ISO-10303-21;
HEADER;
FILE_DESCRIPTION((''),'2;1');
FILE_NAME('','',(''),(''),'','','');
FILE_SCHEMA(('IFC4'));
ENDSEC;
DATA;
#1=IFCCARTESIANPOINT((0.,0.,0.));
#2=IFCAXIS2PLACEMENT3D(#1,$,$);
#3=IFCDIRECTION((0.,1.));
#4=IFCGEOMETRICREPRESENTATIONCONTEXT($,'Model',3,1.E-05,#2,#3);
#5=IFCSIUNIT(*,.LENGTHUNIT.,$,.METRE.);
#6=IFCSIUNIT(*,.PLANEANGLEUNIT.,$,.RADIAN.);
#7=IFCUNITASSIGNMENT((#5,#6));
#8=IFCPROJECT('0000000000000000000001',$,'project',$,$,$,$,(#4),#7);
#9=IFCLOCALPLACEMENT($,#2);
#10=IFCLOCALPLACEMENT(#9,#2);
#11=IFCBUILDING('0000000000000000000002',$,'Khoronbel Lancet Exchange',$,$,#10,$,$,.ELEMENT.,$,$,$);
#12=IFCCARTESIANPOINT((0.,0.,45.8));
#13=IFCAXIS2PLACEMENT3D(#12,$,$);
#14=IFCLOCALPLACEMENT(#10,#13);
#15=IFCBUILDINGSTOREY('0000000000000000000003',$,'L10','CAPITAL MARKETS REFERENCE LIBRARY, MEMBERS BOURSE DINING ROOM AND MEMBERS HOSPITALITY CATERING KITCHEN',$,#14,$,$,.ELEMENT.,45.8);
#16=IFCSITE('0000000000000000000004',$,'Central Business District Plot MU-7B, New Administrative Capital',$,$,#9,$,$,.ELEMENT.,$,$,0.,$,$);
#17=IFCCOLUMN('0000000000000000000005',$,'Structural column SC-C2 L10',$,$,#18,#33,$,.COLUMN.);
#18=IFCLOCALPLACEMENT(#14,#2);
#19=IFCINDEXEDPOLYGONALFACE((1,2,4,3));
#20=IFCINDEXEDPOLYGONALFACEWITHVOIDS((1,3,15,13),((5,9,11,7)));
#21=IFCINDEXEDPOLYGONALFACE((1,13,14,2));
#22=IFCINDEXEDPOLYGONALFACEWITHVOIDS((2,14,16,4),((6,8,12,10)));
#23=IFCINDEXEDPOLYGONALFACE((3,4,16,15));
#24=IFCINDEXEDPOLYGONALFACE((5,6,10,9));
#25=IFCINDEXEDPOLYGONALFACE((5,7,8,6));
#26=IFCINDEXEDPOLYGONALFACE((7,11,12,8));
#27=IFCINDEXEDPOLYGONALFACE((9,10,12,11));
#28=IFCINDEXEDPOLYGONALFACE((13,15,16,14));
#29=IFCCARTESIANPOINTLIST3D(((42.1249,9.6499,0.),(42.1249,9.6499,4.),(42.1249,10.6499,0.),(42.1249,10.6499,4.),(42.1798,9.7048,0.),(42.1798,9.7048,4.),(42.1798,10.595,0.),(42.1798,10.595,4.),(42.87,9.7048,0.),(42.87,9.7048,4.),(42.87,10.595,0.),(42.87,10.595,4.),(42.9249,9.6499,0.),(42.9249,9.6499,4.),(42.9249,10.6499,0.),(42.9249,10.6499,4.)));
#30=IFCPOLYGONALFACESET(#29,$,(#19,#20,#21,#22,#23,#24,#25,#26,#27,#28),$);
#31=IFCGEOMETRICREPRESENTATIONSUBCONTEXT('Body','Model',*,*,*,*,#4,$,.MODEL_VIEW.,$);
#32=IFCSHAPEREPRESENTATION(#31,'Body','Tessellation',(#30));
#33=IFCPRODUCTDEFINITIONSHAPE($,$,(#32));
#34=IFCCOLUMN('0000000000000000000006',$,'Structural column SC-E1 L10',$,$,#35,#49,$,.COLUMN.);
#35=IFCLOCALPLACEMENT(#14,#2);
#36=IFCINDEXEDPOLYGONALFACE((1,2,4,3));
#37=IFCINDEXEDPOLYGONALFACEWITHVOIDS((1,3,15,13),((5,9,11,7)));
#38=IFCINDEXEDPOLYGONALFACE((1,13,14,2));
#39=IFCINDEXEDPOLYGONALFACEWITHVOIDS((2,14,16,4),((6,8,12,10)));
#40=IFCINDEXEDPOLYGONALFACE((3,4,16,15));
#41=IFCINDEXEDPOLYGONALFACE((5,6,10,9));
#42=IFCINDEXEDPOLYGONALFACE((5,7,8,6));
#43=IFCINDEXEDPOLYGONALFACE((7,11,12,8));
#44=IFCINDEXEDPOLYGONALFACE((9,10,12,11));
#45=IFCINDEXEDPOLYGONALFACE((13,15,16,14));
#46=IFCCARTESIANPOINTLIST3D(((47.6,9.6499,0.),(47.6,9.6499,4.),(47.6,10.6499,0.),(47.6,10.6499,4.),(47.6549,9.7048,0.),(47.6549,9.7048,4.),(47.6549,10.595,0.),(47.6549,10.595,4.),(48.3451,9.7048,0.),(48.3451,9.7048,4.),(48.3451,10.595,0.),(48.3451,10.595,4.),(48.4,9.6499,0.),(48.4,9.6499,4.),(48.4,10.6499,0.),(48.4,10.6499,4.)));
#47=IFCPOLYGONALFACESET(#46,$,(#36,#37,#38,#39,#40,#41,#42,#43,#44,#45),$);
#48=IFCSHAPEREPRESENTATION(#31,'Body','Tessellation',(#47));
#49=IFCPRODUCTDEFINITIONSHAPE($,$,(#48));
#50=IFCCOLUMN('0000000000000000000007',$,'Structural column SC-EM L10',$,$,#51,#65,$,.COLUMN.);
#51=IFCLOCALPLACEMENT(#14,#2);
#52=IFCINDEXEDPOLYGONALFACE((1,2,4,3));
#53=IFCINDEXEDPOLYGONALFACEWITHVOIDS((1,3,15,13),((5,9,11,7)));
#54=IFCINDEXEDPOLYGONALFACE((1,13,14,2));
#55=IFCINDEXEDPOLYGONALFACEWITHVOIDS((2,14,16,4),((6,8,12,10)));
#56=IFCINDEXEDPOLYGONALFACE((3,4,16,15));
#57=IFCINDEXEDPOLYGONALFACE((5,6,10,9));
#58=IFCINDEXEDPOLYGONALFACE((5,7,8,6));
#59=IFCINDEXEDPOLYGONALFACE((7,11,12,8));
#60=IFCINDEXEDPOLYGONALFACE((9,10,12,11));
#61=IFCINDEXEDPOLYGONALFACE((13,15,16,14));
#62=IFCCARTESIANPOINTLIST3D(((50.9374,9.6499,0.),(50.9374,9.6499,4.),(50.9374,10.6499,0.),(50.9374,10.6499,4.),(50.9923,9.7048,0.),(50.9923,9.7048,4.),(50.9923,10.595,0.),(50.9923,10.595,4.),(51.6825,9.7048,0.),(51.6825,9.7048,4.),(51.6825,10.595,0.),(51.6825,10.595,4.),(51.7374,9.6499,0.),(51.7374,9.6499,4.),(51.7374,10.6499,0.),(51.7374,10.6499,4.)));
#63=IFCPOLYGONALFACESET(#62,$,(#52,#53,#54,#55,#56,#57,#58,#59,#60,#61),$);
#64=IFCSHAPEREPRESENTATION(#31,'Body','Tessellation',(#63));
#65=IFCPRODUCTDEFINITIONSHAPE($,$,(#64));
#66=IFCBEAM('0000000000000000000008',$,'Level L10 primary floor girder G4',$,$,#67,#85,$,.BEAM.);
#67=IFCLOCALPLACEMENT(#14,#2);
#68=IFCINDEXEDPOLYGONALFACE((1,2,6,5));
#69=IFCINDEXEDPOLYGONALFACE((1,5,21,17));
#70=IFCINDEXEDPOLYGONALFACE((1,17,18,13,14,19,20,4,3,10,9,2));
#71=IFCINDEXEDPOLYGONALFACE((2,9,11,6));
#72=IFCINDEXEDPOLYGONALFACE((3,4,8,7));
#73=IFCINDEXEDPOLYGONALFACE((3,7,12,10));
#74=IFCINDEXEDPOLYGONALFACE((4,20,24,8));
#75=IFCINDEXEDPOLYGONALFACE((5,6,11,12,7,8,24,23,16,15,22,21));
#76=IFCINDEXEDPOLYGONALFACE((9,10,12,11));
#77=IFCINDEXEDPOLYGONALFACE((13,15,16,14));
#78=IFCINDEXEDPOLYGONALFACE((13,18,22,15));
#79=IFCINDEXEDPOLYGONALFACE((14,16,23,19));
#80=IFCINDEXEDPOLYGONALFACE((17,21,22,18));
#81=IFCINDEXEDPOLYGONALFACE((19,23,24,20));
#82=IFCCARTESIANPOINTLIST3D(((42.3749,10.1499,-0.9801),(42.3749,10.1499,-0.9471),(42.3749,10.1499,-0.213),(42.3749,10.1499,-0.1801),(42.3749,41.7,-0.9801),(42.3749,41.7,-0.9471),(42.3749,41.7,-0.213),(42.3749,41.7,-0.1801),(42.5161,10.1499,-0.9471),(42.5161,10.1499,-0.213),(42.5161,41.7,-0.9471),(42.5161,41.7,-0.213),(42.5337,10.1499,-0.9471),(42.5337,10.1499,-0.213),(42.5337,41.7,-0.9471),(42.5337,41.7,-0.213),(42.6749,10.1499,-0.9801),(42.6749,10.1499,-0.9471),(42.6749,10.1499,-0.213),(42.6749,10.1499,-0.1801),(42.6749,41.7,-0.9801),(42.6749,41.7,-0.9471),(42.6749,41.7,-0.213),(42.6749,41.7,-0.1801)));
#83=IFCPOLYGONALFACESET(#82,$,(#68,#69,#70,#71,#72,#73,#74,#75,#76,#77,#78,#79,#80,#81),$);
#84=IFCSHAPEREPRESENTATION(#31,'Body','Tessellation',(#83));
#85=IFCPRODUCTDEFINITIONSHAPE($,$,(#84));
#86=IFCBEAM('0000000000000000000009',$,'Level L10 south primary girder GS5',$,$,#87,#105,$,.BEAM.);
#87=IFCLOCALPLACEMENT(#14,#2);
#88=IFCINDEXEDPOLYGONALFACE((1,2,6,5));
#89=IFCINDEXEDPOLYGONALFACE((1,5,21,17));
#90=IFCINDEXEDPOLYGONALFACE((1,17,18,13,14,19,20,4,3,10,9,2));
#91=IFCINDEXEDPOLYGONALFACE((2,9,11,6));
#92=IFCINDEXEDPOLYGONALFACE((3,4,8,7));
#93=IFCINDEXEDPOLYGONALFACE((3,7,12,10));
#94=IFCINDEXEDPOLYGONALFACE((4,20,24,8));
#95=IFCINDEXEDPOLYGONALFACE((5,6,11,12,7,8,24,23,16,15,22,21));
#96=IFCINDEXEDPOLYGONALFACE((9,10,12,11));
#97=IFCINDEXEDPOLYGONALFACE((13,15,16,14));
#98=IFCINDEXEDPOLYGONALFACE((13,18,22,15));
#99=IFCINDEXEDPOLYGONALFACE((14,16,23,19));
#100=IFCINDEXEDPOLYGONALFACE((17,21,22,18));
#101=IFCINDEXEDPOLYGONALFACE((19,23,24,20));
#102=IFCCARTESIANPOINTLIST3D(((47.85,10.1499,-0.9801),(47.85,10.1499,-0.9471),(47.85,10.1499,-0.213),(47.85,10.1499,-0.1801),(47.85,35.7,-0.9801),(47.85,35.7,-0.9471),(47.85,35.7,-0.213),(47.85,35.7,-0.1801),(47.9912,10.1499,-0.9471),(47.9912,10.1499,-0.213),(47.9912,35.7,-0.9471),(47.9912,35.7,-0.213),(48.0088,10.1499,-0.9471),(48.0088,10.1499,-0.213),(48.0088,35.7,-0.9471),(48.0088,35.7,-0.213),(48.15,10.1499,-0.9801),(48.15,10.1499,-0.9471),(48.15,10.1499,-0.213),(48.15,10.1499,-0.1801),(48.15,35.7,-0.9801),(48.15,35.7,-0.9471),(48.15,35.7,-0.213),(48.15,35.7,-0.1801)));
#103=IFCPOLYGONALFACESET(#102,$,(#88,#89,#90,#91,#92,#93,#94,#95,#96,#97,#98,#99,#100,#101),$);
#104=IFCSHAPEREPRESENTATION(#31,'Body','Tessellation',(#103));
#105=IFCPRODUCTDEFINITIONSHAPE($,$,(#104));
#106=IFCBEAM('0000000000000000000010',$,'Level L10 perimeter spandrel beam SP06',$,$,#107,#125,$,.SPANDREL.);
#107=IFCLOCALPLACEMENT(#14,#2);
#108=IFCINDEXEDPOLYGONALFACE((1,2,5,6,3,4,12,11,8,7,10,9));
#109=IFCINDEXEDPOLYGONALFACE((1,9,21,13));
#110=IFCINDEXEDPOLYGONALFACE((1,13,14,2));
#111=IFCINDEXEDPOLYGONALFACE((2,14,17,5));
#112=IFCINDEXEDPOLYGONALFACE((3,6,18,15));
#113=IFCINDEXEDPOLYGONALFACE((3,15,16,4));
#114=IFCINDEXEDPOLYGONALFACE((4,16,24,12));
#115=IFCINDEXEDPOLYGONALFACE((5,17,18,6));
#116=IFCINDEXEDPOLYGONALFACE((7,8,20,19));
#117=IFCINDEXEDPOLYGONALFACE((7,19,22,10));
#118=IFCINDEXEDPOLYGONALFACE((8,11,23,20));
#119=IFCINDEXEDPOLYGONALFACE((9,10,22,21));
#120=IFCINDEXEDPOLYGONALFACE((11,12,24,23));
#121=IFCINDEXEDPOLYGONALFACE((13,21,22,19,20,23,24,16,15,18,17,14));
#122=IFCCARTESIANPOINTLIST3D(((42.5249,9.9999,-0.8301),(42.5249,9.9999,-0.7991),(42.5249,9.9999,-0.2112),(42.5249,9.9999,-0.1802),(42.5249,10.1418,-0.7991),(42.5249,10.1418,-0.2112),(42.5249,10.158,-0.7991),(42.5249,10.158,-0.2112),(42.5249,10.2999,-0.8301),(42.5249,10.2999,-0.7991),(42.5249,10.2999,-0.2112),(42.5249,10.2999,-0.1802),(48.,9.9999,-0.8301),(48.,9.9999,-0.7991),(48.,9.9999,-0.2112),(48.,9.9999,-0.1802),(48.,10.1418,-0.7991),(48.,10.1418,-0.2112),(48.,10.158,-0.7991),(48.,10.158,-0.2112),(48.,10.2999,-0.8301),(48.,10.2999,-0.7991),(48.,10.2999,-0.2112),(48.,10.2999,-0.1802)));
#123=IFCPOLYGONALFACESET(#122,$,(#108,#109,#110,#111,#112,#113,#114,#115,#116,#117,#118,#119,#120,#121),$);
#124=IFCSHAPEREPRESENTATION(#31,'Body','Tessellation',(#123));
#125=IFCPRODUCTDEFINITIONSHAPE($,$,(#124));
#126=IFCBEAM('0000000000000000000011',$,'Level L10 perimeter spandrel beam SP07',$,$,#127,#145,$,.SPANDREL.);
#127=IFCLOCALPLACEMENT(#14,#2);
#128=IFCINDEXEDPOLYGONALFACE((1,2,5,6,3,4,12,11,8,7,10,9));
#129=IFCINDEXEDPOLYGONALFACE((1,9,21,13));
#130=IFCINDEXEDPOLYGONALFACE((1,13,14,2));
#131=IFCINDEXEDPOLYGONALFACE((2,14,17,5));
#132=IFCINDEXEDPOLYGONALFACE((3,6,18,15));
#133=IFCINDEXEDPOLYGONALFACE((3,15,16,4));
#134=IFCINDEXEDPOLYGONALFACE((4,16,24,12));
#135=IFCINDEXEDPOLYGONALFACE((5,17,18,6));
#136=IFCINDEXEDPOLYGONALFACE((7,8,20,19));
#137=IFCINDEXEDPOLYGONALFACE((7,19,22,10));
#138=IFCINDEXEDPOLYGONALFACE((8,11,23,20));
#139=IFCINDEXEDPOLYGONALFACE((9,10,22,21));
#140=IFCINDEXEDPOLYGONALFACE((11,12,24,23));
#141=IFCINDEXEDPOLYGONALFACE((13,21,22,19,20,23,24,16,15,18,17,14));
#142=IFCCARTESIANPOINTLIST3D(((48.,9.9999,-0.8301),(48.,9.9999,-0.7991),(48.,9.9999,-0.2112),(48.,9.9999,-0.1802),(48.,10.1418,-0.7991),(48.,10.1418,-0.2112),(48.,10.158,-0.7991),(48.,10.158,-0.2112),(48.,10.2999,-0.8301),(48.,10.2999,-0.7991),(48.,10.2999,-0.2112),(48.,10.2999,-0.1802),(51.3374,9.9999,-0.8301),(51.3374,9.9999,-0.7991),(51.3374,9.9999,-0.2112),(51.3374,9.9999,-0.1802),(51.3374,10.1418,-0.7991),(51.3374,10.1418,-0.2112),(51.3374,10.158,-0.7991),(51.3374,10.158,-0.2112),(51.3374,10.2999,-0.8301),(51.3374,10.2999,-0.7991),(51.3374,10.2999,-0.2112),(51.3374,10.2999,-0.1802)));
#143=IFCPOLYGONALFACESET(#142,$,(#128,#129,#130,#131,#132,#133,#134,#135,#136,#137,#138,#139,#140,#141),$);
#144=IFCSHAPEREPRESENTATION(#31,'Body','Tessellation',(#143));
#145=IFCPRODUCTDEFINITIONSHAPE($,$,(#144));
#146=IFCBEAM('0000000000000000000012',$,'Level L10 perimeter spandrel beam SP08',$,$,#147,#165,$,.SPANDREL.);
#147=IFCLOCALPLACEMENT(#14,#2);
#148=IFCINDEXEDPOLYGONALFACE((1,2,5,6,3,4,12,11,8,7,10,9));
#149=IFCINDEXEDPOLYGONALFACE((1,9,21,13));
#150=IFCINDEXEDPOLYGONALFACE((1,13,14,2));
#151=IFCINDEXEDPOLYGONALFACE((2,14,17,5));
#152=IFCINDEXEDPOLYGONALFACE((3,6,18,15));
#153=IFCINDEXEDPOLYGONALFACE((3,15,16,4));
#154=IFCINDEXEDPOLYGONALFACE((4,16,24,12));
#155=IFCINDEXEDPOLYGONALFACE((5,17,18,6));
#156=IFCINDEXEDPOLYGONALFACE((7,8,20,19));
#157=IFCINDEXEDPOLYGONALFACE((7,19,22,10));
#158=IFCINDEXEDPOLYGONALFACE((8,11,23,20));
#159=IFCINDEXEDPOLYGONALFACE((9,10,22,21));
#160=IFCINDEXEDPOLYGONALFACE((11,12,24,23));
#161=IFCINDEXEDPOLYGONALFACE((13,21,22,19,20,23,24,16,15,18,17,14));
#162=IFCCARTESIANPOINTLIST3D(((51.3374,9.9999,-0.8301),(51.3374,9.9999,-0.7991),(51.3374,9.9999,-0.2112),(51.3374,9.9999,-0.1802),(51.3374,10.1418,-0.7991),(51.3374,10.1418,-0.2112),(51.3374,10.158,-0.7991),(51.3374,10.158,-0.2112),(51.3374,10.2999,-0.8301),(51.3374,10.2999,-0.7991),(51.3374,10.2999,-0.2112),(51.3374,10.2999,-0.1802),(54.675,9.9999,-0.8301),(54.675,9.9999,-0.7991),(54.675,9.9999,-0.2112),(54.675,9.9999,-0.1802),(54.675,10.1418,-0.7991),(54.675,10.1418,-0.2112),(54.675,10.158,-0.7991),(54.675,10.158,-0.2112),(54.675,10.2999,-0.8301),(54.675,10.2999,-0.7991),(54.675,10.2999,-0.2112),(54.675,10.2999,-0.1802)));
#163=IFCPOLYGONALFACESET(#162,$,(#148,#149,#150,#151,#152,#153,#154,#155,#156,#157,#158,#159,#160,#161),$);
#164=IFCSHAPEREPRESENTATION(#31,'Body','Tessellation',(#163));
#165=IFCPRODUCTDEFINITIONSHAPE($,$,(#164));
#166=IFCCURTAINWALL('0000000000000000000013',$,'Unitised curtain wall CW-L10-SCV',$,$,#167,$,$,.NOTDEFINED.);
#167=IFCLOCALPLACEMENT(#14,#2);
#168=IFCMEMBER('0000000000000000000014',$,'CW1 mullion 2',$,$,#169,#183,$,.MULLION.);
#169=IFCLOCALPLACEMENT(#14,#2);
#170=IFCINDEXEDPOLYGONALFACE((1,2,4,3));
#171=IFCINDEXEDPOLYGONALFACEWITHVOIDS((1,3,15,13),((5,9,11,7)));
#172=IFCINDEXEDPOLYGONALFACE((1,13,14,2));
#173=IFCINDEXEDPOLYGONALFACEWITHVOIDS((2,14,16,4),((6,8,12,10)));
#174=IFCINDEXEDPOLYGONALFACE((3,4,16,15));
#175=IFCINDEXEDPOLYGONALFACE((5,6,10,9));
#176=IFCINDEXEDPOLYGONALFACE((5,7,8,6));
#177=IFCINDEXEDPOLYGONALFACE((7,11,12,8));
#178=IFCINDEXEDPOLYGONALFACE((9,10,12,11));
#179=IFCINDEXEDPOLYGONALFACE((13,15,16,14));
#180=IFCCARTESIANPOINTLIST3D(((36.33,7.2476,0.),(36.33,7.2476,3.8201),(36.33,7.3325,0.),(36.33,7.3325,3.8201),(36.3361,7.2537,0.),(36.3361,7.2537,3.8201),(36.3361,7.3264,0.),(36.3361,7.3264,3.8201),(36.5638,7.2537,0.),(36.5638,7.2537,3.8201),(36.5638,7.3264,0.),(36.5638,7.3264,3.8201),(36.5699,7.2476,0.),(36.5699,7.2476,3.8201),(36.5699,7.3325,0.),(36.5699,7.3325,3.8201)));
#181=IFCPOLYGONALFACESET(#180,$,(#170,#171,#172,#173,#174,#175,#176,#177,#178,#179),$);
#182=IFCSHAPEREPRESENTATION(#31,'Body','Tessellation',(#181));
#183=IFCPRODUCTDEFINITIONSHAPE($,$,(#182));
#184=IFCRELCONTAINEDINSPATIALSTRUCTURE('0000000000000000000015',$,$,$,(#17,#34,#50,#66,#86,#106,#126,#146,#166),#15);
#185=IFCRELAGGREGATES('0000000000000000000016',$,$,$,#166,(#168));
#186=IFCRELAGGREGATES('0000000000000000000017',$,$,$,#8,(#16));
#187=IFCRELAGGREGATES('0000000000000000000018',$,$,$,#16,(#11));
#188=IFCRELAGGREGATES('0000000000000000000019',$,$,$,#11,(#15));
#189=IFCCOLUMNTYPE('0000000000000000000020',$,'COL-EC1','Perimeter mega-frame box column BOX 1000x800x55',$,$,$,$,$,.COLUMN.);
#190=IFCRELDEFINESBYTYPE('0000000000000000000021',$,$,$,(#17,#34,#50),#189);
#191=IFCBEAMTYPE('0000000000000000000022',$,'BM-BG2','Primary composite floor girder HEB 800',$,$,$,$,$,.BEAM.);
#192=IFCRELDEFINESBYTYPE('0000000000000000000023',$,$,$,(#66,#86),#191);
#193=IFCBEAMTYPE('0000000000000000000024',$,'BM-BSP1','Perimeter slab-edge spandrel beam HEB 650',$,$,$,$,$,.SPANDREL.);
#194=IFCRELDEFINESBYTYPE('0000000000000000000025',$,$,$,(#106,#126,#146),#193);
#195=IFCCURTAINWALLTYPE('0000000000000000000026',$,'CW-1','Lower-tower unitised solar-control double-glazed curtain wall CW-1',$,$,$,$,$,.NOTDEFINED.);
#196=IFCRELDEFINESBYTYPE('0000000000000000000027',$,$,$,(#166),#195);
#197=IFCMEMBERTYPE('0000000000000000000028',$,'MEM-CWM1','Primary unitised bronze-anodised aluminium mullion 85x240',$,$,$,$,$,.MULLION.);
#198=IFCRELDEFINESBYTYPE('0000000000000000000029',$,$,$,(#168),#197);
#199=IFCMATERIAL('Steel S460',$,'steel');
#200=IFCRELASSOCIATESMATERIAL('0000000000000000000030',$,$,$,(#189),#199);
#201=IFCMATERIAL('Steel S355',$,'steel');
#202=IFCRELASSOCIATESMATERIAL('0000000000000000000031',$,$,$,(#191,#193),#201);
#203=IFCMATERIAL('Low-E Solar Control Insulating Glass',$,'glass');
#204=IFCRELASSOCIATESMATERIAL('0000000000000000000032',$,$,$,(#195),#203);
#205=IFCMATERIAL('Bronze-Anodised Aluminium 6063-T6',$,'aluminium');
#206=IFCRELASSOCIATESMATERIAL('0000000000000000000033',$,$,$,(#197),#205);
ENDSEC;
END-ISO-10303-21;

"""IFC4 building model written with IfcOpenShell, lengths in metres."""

from ifc_helpers import new_model, si_unit, direction, frame, origin, origin_2d, place, context, subcontext, project, spatial, hollow_rectangle, i_section, extrude, material, material_profile, profile_set, type_object, element, aggregate, save


model = new_model("IFC4")

# Units and contexts
model_context = context("Model", 3, precision=1e-05, world=origin(), true_north=direction((0.0, 1.0)))
body_context = subcontext(model_context, "Body", "Model", "MODEL_VIEW")
ifc_project = project(units=[si_unit("LENGTHUNIT", "METRE"), si_unit("PLANEANGLEUNIT", "RADIAN")], contexts=[model_context])

# Site, building, storey
site_placement = place(None, origin())
site = spatial("IfcSite", under=ifc_project, at=site_placement, Name="Central Business District Plot MU-7B, New Administrative Capital", CompositionType="ELEMENT", RefElevation=0.0)
building_placement = place(site_placement, origin())
building = spatial("IfcBuilding", under=site, at=building_placement, Name="Khoronbel Lancet Exchange", CompositionType="ELEMENT")
storey_placement = place(building_placement, frame((0.0, 0.0, 45.8)))
storey = spatial("IfcBuildingStorey", under=building, at=storey_placement, Name="L10", Description="CAPITAL MARKETS REFERENCE LIBRARY, MEMBERS BOURSE DINING ROOM AND MEMBERS HOSPITALITY CATERING KITCHEN", CompositionType="ELEMENT", Elevation=45.8)

# Columns
ifc_material_1 = material(Name="Steel S460", Category="steel")
ifc_material_profile_1 = material_profile(ifc_material_1, hollow_rectangle(XDim=0.8, YDim=1.0, WallThickness=0.0549, at=origin_2d()), Name="BOX 1000x800x55")
ifc_profile_set_1 = profile_set([ifc_material_profile_1], Name="Steel S460")
column_type = type_object("IfcColumnType", Name="COL-EC1", Description="Perimeter mega-frame box column BOX 1000x800x55", PredefinedType="COLUMN", material=ifc_profile_set_1)
for number, where, z_axis, x_axis, name in (
    (1, (42.5249, 10.1499, 0.0), (0.0, 0.0, 1.0), (1.0, 0.0, 0.0), "Structural column SC-C2 L10"),
    (2, (48.0, 10.1499, 0.0), (0.0, 0.0, 1.0), (1.0, 0.0, 0.0), "Structural column SC-E1 L10"),
    (3, (51.3374, 10.1499, 0.0), (0.0, 0.0, 1.0), (1.0, 0.0, 0.0), "Structural column SC-EM L10"),
):
    element("IfcColumn", number, at=place(storey_placement, frame(where, z_axis=z_axis, x_axis=x_axis)), inside=storey, type_object=column_type, Name=name, PredefinedType="COLUMN", context=body_context, shape_type="SweptSolid", body=[
        extrude(hollow_rectangle(XDim=0.8, YDim=1.0, WallThickness=0.0549, at=origin_2d()), origin(), (0.0, 0.0, 1.0), 4.0),
    ])

# Beams
ifc_material_2 = material(Name="Steel S355", Category="steel")
ifc_material_profile_2 = material_profile(ifc_material_2, i_section(OverallWidth=0.3, OverallDepth=0.8, WebThickness=0.0176, FlangeThickness=0.033, at=origin_2d()), Name="HEB 800")
ifc_profile_set_2 = profile_set([ifc_material_profile_2], Name="Steel S355")
beam_type_1 = type_object("IfcBeamType", Name="BM-BG2", Description="Primary composite floor girder HEB 800", PredefinedType="BEAM", material=ifc_profile_set_2)
beam_1_placement = place(storey_placement, frame((42.5249, 10.1499, -0.5801), z_axis=(0.0, 1.0, 0.0), x_axis=(-1.0, 0.0, 0.0)))
element("IfcBeam", 4, at=beam_1_placement, inside=storey, type_object=beam_type_1, Name="Level L10 primary floor girder G4", PredefinedType="BEAM", context=body_context, shape_type="SweptSolid", body=[
    extrude(i_section(OverallWidth=0.3, OverallDepth=0.8, WebThickness=0.0176, FlangeThickness=0.033, at=origin_2d()), origin(), (0.0, 0.0, 1.0), 31.55),
])
beam_2_placement = place(storey_placement, frame((48.0, 10.1499, -0.5801), z_axis=(0.0, 1.0, 0.0), x_axis=(-1.0, 0.0, 0.0)))
element("IfcBeam", 5, at=beam_2_placement, inside=storey, type_object=beam_type_1, Name="Level L10 south primary girder GS5", PredefinedType="BEAM", context=body_context, shape_type="SweptSolid", body=[
    extrude(i_section(OverallWidth=0.3, OverallDepth=0.8, WebThickness=0.0176, FlangeThickness=0.033, at=origin_2d()), origin(), (0.0, 0.0, 1.0), 25.55),
])
ifc_material_profile_3 = material_profile(ifc_material_2, i_section(OverallWidth=0.3, OverallDepth=0.6499, WebThickness=0.0161, FlangeThickness=0.031, at=origin_2d()), Name="HEB 650")
ifc_profile_set_3 = profile_set([ifc_material_profile_3], Name="Steel S355")
beam_type_2 = type_object("IfcBeamType", Name="BM-BSP1", Description="Perimeter slab-edge spandrel beam HEB 650", PredefinedType="SPANDREL", material=ifc_profile_set_3)
beam_3_placement = place(storey_placement, frame((42.5249, 10.1499, -0.5051), z_axis=(1.0, 0.0, 0.0), x_axis=(0.0, 1.0, 0.0)))
element("IfcBeam", 6, at=beam_3_placement, inside=storey, type_object=beam_type_2, Name="Level L10 perimeter spandrel beam SP06", PredefinedType="SPANDREL", context=body_context, shape_type="SweptSolid", body=[
    extrude(i_section(OverallWidth=0.3, OverallDepth=0.6499, WebThickness=0.0161, FlangeThickness=0.031, at=origin_2d()), origin(), (0.0, 0.0, 1.0), 5.4751),
])
beam_4_placement = place(storey_placement, frame((48.0, 10.1499, -0.5051), z_axis=(1.0, 0.0, 0.0), x_axis=(0.0, 1.0, 0.0)))
element("IfcBeam", 7, at=beam_4_placement, inside=storey, type_object=beam_type_2, Name="Level L10 perimeter spandrel beam SP07", PredefinedType="SPANDREL", context=body_context, shape_type="SweptSolid", body=[
    extrude(i_section(OverallWidth=0.3, OverallDepth=0.6499, WebThickness=0.0161, FlangeThickness=0.031, at=origin_2d()), origin(), (0.0, 0.0, 1.0), 3.3374),
])
beam_5_placement = place(storey_placement, frame((51.3374, 10.1499, -0.5051), z_axis=(1.0, 0.0, 0.0), x_axis=(0.0, 1.0, 0.0)))
element("IfcBeam", 8, at=beam_5_placement, inside=storey, type_object=beam_type_2, Name="Level L10 perimeter spandrel beam SP08", PredefinedType="SPANDREL", context=body_context, shape_type="SweptSolid", body=[
    extrude(i_section(OverallWidth=0.3, OverallDepth=0.6499, WebThickness=0.0161, FlangeThickness=0.031, at=origin_2d()), origin(), (0.0, 0.0, 1.0), 3.3376),
])

# Curtain wall, member
ifc_material_3 = material(Name="Low-E Solar Control Insulating Glass", Category="glass")
curtain_wall_type = type_object("IfcCurtainWallType", Name="CW-1", Description="Lower-tower unitised solar-control double-glazed curtain wall CW-1", PredefinedType="NOTDEFINED", material=ifc_material_3)
curtain_wall_1_placement = place(storey_placement, origin())
curtain_wall_1 = element("IfcCurtainWall", 9, at=curtain_wall_1_placement, inside=storey, type_object=curtain_wall_type, Name="Unitised curtain wall CW-L10-SCV", PredefinedType="NOTDEFINED")
ifc_material_4 = material(Name="Bronze-Anodised Aluminium 6063-T6", Category="aluminium")
ifc_material_profile_4 = material_profile(ifc_material_4, hollow_rectangle(XDim=0.085, YDim=0.24, WallThickness=0.0061, at=origin_2d()), Name="ALU MULLION 85x240")
ifc_profile_set_4 = profile_set([ifc_material_profile_4], Name="Bronze-Anodised Aluminium 6063-T6")
member_type_1 = type_object("IfcMemberType", Name="MEM-CWM1", Description="Primary unitised bronze-anodised aluminium mullion 85x240", PredefinedType="MULLION", material=ifc_profile_set_4)
member_1_placement = place(storey_placement, frame((36.45, 7.29, 0.0), z_axis=(0.0, 0.0, 1.0), x_axis=(0.0, 1.0, 0.0)))
member_1 = element("IfcMember", 10, at=member_1_placement, type_object=member_type_1, Name="CW1 mullion 2", PredefinedType="MULLION", context=body_context, shape_type="SweptSolid", body=[
    extrude(hollow_rectangle(XDim=0.085, YDim=0.24, WallThickness=0.0061, at=origin_2d()), origin(), (0.0, 0.0, 1.0), 3.8201),
])

aggregate(curtain_wall_1, [member_1])

save(model, "model.ifc")
